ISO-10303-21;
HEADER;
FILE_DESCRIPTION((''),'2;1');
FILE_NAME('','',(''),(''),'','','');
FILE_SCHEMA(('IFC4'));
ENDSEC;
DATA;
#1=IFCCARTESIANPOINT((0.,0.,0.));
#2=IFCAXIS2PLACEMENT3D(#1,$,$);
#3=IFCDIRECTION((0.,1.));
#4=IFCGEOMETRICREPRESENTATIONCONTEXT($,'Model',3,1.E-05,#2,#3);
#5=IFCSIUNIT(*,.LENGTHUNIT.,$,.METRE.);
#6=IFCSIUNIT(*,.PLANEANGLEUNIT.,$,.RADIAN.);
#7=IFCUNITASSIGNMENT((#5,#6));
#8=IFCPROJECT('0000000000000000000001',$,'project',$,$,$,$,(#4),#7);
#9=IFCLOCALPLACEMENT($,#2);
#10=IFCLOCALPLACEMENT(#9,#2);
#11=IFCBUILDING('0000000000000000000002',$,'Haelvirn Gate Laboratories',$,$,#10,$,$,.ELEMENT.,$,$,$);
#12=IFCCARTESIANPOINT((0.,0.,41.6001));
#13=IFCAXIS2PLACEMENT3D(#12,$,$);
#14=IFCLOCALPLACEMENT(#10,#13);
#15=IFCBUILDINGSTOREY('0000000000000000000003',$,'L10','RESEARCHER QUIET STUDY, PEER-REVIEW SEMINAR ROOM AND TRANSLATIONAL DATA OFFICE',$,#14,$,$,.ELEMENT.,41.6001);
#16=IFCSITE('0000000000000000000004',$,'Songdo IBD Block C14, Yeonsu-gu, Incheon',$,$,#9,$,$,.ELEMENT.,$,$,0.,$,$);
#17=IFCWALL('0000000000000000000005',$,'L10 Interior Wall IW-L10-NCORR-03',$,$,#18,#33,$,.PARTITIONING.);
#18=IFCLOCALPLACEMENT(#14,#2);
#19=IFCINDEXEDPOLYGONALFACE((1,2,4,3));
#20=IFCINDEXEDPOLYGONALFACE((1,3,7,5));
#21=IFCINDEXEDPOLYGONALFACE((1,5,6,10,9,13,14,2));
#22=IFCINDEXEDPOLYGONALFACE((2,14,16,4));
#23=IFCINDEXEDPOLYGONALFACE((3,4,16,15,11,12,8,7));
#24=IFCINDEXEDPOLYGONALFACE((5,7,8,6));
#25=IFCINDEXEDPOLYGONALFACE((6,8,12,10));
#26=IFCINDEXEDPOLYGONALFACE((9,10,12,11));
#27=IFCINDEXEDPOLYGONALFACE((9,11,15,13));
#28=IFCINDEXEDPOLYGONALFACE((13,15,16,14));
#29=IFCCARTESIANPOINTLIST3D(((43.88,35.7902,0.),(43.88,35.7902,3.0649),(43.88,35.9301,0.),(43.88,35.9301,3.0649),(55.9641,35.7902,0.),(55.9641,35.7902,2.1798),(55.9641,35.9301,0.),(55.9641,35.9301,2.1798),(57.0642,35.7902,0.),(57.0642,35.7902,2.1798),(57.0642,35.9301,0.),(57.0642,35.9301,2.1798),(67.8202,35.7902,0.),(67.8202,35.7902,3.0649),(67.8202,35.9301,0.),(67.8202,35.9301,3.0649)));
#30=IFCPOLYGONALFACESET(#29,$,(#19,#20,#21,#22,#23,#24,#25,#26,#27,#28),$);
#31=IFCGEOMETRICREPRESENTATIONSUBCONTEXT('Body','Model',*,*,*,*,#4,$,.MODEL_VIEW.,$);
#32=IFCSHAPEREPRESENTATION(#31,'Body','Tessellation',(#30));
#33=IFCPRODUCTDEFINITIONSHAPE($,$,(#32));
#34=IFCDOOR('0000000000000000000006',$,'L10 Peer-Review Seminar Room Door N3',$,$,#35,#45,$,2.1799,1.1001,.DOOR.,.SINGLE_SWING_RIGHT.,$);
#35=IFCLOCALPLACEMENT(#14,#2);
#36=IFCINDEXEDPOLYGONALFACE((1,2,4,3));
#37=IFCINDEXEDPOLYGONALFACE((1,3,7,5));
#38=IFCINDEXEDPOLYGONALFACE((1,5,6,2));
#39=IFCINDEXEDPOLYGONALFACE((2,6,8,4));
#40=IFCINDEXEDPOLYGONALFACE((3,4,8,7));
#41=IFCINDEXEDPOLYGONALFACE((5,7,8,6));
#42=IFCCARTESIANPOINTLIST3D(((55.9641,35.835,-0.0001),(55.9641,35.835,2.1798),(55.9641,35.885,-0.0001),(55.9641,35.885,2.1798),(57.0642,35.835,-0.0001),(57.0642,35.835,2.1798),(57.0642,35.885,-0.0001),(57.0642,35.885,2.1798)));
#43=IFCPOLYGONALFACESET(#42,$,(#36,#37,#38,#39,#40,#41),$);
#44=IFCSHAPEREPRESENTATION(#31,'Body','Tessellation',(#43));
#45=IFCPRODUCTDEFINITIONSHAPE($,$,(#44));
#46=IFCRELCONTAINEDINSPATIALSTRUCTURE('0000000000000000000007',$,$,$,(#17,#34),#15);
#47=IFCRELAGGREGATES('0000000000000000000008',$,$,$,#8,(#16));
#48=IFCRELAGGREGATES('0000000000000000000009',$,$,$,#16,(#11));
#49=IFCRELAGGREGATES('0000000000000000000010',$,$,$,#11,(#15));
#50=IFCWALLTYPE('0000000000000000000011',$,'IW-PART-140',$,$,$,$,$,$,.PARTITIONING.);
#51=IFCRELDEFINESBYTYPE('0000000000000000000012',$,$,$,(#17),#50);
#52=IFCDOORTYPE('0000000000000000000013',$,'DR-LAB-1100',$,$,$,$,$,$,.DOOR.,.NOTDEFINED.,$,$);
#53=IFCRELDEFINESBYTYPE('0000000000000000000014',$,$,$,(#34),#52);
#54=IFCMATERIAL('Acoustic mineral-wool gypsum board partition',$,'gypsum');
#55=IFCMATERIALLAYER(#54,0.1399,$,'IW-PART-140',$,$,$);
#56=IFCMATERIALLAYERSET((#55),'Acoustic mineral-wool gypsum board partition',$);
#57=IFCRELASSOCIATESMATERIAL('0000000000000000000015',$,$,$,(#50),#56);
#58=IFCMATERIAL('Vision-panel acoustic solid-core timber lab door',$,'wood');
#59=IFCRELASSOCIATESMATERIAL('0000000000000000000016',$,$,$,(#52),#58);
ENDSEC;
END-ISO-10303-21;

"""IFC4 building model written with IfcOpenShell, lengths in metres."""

from ifc_helpers import new_model, si_unit, direction, frame, frame_2d, origin, place, context, subcontext, project, spatial, rectangle, extrude, source, transform, mapped, material, layer, layer_set, type_object, type_shapes, element, fill, save


model = new_model("IFC4")

# Units and contexts
model_context = context("Model", 3, precision=1e-05, world=origin(), true_north=direction((0.0, 1.0)))
body_context = subcontext(model_context, "Body", "Model", "MODEL_VIEW")
ifc_project = project(units=[si_unit("LENGTHUNIT", "METRE"), si_unit("PLANEANGLEUNIT", "RADIAN")], contexts=[model_context])

# Site, building, storey
site_placement = place(None, origin())
site = spatial("IfcSite", under=ifc_project, at=site_placement, Name="Songdo IBD Block C14, Yeonsu-gu, Incheon", CompositionType="ELEMENT", RefElevation=0.0)
building_placement = place(site_placement, origin())
building = spatial("IfcBuilding", under=site, at=building_placement, Name="Haelvirn Gate Laboratories", CompositionType="ELEMENT")
storey_placement = place(building_placement, frame((0.0, 0.0, 41.6001)))
storey = spatial("IfcBuildingStorey", under=building, at=storey_placement, Name="L10", Description="RESEARCHER QUIET STUDY, PEER-REVIEW SEMINAR ROOM AND TRANSLATIONAL DATA OFFICE", CompositionType="ELEMENT", Elevation=41.6001)

# Wall, opening, door
ifc_material_1 = material(Name="Acoustic mineral-wool gypsum board partition", Category="gypsum")
ifc_layer_1 = layer(ifc_material_1, 0.1399, Name="IW-PART-140")
ifc_layer_set_1 = layer_set([ifc_layer_1], Name="Acoustic mineral-wool gypsum board partition")
wall_type_1 = type_object("IfcWallType", Name="IW-PART-140", PredefinedType="PARTITIONING", material=ifc_layer_set_1)
wall_1_placement = place(storey_placement, frame((43.8799, 35.8601, 0.0), z_axis=(0.0, 0.0, 1.0), x_axis=(1.0, 0.0, 0.0)))
wall_1 = element("IfcWall", 1, at=wall_1_placement, inside=storey, type_object=wall_type_1, Name="L10 Interior Wall IW-L10-NCORR-03", PredefinedType="PARTITIONING", context=body_context, shape_type="SweptSolid", body=[
    extrude(rectangle(XDim=23.9402, YDim=0.1399, at=frame_2d((11.9702, 0.0))), origin(), (0.0, 0.0, 1.0), 3.0649),
])
opening_1_placement = place(wall_1_placement, frame((12.0842, 0.0, 0.0)))
opening_1 = element("IfcOpeningElement", 2, at=opening_1_placement, cuts=wall_1, PredefinedType="OPENING", context=body_context, shape_type="SweptSolid", body=[
    extrude(rectangle(XDim=1.1001, YDim=2.1799, at=frame_2d((0.55, 1.0898))), frame((0.0, 0.0801, 0.0), z_axis=(0.0, -1.0, 0.0), x_axis=(1.0, 0.0, 0.0)), (0.0, 0.0, 1.0), 0.1599),
])
ifc_material_2 = material(Name="Vision-panel acoustic solid-core timber lab door", Category="wood")
door_type_1 = type_object("IfcDoorType", Name="DR-LAB-1100", OperationType="NOTDEFINED", PredefinedType="DOOR", material=ifc_material_2)
shared_shape_1 = source(origin(), body_context, "Body", "SweptSolid", [
    extrude(rectangle(XDim=1.1001, YDim=2.1799, at=frame_2d((0.55, 1.0898))), frame((0.0, 0.0249, 0.0), z_axis=(0.0, -1.0, 0.0), x_axis=(1.0, 0.0, 0.0)), (0.0, 0.0, 1.0), 0.05),
])
type_shapes(door_type_1, [shared_shape_1])
door_1_placement = place(opening_1_placement, origin())
door_1 = element("IfcDoor", 3, at=door_1_placement, inside=storey, type_object=door_type_1, Name="L10 Peer-Review Seminar Room Door N3", OperationType="SINGLE_SWING_RIGHT", OverallHeight=2.1799, OverallWidth=1.1001, PredefinedType="DOOR", context=body_context, shape_type="MappedRepresentation", body=[
    mapped(shared_shape_1, transform((0.0, 0.0, 0.0), scale=1.0)),
])
fill(opening_1, door_1)

save(model, "model.ifc")
